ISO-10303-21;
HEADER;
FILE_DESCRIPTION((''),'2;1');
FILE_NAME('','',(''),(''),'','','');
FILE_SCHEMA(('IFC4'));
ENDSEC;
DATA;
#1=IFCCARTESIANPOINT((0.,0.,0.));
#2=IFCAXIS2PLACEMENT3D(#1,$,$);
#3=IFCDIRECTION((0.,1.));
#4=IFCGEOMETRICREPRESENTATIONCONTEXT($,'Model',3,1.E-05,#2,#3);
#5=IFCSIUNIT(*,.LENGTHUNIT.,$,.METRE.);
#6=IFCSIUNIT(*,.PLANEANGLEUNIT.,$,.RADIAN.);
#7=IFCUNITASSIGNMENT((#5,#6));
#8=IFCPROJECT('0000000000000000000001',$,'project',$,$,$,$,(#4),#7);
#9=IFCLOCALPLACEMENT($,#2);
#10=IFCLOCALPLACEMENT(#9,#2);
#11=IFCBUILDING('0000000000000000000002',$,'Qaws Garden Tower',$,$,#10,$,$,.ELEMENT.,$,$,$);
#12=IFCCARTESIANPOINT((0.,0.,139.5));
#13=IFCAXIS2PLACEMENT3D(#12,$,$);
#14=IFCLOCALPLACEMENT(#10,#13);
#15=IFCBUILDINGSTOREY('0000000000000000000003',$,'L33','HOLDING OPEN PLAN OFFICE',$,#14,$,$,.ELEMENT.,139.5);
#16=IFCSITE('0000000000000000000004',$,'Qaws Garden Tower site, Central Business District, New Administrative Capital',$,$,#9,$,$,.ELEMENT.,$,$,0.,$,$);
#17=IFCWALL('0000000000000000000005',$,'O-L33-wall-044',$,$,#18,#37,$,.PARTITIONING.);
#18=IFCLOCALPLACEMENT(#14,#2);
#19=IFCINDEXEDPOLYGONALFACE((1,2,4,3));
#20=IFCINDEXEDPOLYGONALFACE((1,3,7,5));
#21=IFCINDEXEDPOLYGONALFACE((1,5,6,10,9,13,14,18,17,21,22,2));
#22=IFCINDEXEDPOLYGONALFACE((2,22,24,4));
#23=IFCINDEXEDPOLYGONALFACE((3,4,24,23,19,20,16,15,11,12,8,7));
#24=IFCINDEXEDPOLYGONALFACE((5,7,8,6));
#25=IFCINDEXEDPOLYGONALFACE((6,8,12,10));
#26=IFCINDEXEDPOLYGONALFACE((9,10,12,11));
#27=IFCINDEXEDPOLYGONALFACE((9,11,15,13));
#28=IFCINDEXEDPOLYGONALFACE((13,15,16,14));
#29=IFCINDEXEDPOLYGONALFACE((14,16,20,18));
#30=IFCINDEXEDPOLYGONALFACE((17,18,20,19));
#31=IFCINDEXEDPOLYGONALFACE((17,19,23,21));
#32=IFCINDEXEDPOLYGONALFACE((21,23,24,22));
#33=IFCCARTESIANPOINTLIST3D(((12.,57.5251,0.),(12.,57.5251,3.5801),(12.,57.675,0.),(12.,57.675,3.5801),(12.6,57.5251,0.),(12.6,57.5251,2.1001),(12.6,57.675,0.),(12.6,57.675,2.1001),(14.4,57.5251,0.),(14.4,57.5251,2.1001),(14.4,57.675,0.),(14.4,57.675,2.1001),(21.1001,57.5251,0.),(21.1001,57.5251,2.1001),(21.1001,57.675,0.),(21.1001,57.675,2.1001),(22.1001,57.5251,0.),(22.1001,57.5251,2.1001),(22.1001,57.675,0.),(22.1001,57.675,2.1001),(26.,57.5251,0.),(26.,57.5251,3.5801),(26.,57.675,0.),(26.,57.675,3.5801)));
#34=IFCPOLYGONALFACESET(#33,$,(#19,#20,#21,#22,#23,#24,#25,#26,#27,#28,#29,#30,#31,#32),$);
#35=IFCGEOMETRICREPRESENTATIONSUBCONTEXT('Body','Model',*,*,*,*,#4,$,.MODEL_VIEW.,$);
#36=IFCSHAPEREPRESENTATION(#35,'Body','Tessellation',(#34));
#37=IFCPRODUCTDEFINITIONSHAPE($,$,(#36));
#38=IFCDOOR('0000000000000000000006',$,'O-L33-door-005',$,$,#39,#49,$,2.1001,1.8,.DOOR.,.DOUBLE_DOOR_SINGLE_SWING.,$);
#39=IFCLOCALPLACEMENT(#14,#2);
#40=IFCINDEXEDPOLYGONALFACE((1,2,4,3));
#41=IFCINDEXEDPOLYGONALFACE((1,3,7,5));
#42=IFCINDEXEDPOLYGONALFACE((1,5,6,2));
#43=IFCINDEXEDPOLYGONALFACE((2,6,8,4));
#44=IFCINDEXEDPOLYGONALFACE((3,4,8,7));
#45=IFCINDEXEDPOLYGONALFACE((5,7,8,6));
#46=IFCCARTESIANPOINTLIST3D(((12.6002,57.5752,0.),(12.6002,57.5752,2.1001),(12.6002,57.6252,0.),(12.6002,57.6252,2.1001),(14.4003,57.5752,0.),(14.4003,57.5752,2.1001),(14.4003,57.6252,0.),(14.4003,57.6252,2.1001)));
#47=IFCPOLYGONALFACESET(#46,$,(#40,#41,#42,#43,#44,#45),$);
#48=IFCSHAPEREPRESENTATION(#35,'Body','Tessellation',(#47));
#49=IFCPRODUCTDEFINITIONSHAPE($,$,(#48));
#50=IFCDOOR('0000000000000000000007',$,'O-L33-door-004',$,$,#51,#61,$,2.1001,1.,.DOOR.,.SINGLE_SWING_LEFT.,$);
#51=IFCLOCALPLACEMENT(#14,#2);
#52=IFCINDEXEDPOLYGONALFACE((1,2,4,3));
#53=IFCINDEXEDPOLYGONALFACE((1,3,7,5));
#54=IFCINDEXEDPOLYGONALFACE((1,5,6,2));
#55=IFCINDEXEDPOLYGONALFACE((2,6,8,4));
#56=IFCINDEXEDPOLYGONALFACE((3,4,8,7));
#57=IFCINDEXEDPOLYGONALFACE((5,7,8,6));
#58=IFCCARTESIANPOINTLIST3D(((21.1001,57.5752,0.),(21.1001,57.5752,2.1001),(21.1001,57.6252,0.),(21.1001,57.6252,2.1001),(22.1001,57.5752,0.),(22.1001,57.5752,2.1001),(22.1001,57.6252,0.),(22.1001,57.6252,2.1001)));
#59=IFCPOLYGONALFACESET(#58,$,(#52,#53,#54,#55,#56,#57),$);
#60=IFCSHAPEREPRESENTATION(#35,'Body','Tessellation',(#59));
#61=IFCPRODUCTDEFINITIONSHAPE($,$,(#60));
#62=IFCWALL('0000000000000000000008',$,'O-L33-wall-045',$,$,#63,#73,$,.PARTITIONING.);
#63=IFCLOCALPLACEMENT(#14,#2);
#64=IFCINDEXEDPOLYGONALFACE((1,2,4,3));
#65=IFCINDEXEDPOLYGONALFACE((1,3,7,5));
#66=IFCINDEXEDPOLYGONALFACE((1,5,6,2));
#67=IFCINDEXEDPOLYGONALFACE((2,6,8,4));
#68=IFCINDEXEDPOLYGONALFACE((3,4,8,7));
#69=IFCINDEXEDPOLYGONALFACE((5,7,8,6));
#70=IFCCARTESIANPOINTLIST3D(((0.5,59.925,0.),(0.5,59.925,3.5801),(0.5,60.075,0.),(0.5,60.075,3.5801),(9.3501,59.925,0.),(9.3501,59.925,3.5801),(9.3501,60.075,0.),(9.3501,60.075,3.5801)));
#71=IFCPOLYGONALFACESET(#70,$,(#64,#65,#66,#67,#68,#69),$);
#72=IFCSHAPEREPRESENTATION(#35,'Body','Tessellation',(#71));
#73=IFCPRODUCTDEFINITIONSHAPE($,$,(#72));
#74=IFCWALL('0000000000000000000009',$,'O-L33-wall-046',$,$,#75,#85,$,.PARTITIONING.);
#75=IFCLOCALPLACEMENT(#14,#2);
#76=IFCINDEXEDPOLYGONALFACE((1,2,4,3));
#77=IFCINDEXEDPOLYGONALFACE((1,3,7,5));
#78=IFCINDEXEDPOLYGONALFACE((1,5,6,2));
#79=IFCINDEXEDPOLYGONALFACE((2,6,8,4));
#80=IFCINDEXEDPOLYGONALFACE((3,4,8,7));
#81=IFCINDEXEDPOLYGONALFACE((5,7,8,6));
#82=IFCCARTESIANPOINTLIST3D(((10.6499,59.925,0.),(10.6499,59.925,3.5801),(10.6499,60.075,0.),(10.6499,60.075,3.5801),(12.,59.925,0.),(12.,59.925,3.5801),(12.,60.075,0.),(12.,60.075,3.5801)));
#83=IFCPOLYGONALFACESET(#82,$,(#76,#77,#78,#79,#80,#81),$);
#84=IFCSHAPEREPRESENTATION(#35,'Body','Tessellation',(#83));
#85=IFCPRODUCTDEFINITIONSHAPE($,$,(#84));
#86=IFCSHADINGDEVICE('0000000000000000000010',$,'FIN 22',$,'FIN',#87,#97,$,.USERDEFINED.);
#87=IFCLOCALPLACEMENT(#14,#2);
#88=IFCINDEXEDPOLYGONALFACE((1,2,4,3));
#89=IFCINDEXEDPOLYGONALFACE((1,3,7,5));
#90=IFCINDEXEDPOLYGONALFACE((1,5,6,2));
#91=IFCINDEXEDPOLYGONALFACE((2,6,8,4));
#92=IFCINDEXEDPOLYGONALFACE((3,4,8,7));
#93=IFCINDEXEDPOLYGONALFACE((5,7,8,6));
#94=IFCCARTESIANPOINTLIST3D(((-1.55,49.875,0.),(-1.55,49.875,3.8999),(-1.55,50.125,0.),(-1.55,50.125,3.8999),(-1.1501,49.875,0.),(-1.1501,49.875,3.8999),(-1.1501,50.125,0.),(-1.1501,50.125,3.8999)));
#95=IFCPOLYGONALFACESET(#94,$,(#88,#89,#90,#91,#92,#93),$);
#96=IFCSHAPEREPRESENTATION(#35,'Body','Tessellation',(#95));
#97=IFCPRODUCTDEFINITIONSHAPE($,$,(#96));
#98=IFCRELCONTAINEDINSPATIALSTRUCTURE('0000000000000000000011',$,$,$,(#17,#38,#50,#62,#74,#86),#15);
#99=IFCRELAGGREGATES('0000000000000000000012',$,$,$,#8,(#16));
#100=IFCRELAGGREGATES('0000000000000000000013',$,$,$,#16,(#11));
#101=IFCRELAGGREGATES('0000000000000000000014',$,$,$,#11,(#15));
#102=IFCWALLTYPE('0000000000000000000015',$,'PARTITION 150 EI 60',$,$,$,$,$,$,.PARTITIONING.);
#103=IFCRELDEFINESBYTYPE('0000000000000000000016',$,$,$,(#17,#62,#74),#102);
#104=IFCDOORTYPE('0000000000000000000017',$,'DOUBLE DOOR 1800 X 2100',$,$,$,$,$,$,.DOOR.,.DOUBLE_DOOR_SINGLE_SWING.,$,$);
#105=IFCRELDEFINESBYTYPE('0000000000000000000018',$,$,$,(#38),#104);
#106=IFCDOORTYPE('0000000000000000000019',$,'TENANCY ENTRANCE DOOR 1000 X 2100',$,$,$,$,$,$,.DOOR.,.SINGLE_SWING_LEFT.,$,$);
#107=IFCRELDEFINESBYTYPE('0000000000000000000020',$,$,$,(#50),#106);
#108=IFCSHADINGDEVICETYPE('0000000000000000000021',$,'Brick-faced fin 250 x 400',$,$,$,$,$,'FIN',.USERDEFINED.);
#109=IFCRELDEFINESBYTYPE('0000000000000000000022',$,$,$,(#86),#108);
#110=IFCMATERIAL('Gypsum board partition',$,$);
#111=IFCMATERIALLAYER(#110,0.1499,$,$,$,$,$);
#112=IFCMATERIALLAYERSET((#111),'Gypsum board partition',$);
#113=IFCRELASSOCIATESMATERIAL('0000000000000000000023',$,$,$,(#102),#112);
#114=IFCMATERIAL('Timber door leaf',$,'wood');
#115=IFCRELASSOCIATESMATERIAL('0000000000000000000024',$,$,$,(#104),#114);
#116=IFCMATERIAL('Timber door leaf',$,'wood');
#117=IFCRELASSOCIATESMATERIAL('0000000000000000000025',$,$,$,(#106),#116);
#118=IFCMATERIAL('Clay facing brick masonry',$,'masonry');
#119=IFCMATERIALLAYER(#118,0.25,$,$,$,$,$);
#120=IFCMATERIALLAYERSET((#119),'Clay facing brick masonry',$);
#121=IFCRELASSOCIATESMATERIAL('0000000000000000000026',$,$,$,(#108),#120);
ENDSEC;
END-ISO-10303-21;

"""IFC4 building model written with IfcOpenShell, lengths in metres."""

from ifc_helpers import new_model, si_unit, direction, frame, frame_2d, origin, origin_2d, place, context, subcontext, project, spatial, rectangle, extrude, material, layer, layer_set, type_object, element, fill, save


model = new_model("IFC4")

# Units and contexts
model_context = context("Model", 3, precision=1e-05, world=origin(), true_north=direction((0.0, 1.0)))
body_context = subcontext(model_context, "Body", "Model", "MODEL_VIEW")
ifc_project = project(units=[si_unit("LENGTHUNIT", "METRE"), si_unit("PLANEANGLEUNIT", "RADIAN")], contexts=[model_context])

# Site, building, storey
site_placement = place(None, origin())
site = spatial("IfcSite", under=ifc_project, at=site_placement, Name="Qaws Garden Tower site, Central Business District, New Administrative Capital", CompositionType="ELEMENT", RefElevation=0.0)
building_placement = place(site_placement, origin())
building = spatial("IfcBuilding", under=site, at=building_placement, Name="Qaws Garden Tower", CompositionType="ELEMENT")
storey_placement = place(building_placement, frame((0.0, 0.0, 139.5)))
storey = spatial("IfcBuildingStorey", under=building, at=storey_placement, Name="L33", Description="HOLDING OPEN PLAN OFFICE", CompositionType="ELEMENT", Elevation=139.5)

# Shared definitions
ifc_material_1 = material(Name="Gypsum board partition")
ifc_layer_1 = layer(ifc_material_1, 0.1499)
ifc_layer_set_1 = layer_set([ifc_layer_1], Name="Gypsum board partition")
wall_type_1 = type_object("IfcWallType", Name="PARTITION 150 EI 60", PredefinedType="PARTITIONING", material=ifc_layer_set_1)
ifc_material_2 = material(Name="Timber door leaf", Category="wood")
door_type_1 = type_object("IfcDoorType", Name="DOUBLE DOOR 1800 X 2100", OperationType="DOUBLE_DOOR_SINGLE_SWING", PredefinedType="DOOR", material=ifc_material_2)

# Wall, openings, doors
wall_1_placement = place(storey_placement, frame((12.0, 57.6001, 0.0), z_axis=(0.0, 0.0, 1.0), x_axis=(1.0, 0.0, 0.0)))
wall_1 = element("IfcWall", 1, at=wall_1_placement, inside=storey, type_object=wall_type_1, Name="O-L33-wall-044", PredefinedType="PARTITIONING", context=body_context, shape_type="SweptSolid", body=[
    extrude(rectangle(XDim=14.0, YDim=0.1499, at=frame_2d((7.0, 0.0))), origin(), (0.0, 0.0, 1.0), 3.5801),
])
opening_1_placement = place(wall_1_placement, frame((9.1001, 0.0, 0.0)))
opening_1 = element("IfcOpeningElement", 2, at=opening_1_placement, cuts=wall_1, PredefinedType="OPENING", context=body_context, shape_type="SweptSolid", body=[
    extrude(rectangle(XDim=1.0, YDim=2.1001, at=frame_2d((0.5, 1.05))), frame((0.0, 0.085, 0.0), z_axis=(0.0, -1.0, 0.0), x_axis=(1.0, 0.0, 0.0)), (0.0, 0.0, 1.0), 0.1699),
])
opening_2_placement = place(wall_1_placement, frame((0.6001, 0.0, 0.0)))
opening_2 = element("IfcOpeningElement", 3, at=opening_2_placement, cuts=wall_1, PredefinedType="OPENING", context=body_context, shape_type="SweptSolid", body=[
    extrude(rectangle(XDim=1.8, YDim=2.1001, at=frame_2d((0.8999, 1.05))), frame((0.0, 0.085, 0.0), z_axis=(0.0, -1.0, 0.0), x_axis=(1.0, 0.0, 0.0)), (0.0, 0.0, 1.0), 0.1699),
])
door_1_placement = place(opening_2_placement, frame((1.8, 0.0, 0.0), z_axis=(0.0, 0.0, 1.0), x_axis=(-1.0, 0.0, 0.0)))
door_1 = element("IfcDoor", 4, at=door_1_placement, inside=storey, type_object=door_type_1, Name="O-L33-door-005", OperationType="DOUBLE_DOOR_SINGLE_SWING", OverallHeight=2.1001, OverallWidth=1.8, PredefinedType="DOOR", context=body_context, shape_type="SweptSolid", body=[
    extrude(rectangle(XDim=1.8, YDim=2.1001, at=frame_2d((0.8999, 1.05))), frame((0.0, 0.0249, 0.0), z_axis=(0.0, -1.0, 0.0), x_axis=(1.0, 0.0, 0.0)), (0.0, 0.0, 1.0), 0.05),
])
fill(opening_2, door_1)
ifc_material_3 = material(Name="Timber door leaf", Category="wood")
door_type_2 = type_object("IfcDoorType", Name="TENANCY ENTRANCE DOOR 1000 X 2100", OperationType="SINGLE_SWING_LEFT", PredefinedType="DOOR", material=ifc_material_3)
door_2_placement = place(opening_1_placement, frame((1.0, 0.0, 0.0), z_axis=(0.0, 0.0, 1.0), x_axis=(-1.0, 0.0, 0.0)))
door_2 = element("IfcDoor", 5, at=door_2_placement, inside=storey, type_object=door_type_2, Name="O-L33-door-004", OperationType="SINGLE_SWING_LEFT", OverallHeight=2.1001, OverallWidth=1.0, PredefinedType="DOOR", context=body_context, shape_type="SweptSolid", body=[
    extrude(rectangle(XDim=1.0, YDim=2.1001, at=frame_2d((0.5, 1.05))), frame((0.0, 0.0249, 0.0), z_axis=(0.0, -1.0, 0.0), x_axis=(1.0, 0.0, 0.0)), (0.0, 0.0, 1.0), 0.05),
])
fill(opening_1, door_2)

# Walls
wall_2_placement = place(storey_placement, frame((0.5, 60.0, 0.0), z_axis=(0.0, 0.0, 1.0), x_axis=(1.0, 0.0, 0.0)))
element("IfcWall", 6, at=wall_2_placement, inside=storey, type_object=wall_type_1, Name="O-L33-wall-045", PredefinedType="PARTITIONING", context=body_context, shape_type="SweptSolid", body=[
    extrude(rectangle(XDim=8.8501, YDim=0.1499, at=frame_2d((4.425, 0.0))), origin(), (0.0, 0.0, 1.0), 3.5801),
])
wall_3_placement = place(storey_placement, frame((10.6499, 60.0, 0.0), z_axis=(0.0, 0.0, 1.0), x_axis=(1.0, 0.0, 0.0)))
element("IfcWall", 7, at=wall_3_placement, inside=storey, type_object=wall_type_1, Name="O-L33-wall-046", PredefinedType="PARTITIONING", context=body_context, shape_type="SweptSolid", body=[
    extrude(rectangle(XDim=1.3501, YDim=0.1499, at=frame_2d((0.675, 0.0))), origin(), (0.0, 0.0, 1.0), 3.5801),
])

# Shading device
ifc_material_4 = material(Name="Clay facing brick masonry", Category="masonry")
ifc_layer_2 = layer(ifc_material_4, 0.25)
ifc_layer_set_2 = layer_set([ifc_layer_2], Name="Clay facing brick masonry")
shading_device_type = type_object("IfcShadingDeviceType", Name="Brick-faced fin 250 x 400", ElementType="FIN", PredefinedType="USERDEFINED", material=ifc_layer_set_2)
shading_device_placement = place(storey_placement, frame((-1.3501, 50.0, 0.0), z_axis=(0.0, 0.0, 1.0), x_axis=(0.0, -1.0, 0.0)))
element("IfcShadingDevice", 8, at=shading_device_placement, inside=storey, type_object=shading_device_type, Name="FIN 22", ObjectType="FIN", PredefinedType="USERDEFINED", context=body_context, shape_type="SweptSolid", body=[
    extrude(rectangle(XDim=0.25, YDim=0.3999, at=origin_2d()), origin(), (0.0, 0.0, 1.0), 3.8999),
])

save(model, "model.ifc")
